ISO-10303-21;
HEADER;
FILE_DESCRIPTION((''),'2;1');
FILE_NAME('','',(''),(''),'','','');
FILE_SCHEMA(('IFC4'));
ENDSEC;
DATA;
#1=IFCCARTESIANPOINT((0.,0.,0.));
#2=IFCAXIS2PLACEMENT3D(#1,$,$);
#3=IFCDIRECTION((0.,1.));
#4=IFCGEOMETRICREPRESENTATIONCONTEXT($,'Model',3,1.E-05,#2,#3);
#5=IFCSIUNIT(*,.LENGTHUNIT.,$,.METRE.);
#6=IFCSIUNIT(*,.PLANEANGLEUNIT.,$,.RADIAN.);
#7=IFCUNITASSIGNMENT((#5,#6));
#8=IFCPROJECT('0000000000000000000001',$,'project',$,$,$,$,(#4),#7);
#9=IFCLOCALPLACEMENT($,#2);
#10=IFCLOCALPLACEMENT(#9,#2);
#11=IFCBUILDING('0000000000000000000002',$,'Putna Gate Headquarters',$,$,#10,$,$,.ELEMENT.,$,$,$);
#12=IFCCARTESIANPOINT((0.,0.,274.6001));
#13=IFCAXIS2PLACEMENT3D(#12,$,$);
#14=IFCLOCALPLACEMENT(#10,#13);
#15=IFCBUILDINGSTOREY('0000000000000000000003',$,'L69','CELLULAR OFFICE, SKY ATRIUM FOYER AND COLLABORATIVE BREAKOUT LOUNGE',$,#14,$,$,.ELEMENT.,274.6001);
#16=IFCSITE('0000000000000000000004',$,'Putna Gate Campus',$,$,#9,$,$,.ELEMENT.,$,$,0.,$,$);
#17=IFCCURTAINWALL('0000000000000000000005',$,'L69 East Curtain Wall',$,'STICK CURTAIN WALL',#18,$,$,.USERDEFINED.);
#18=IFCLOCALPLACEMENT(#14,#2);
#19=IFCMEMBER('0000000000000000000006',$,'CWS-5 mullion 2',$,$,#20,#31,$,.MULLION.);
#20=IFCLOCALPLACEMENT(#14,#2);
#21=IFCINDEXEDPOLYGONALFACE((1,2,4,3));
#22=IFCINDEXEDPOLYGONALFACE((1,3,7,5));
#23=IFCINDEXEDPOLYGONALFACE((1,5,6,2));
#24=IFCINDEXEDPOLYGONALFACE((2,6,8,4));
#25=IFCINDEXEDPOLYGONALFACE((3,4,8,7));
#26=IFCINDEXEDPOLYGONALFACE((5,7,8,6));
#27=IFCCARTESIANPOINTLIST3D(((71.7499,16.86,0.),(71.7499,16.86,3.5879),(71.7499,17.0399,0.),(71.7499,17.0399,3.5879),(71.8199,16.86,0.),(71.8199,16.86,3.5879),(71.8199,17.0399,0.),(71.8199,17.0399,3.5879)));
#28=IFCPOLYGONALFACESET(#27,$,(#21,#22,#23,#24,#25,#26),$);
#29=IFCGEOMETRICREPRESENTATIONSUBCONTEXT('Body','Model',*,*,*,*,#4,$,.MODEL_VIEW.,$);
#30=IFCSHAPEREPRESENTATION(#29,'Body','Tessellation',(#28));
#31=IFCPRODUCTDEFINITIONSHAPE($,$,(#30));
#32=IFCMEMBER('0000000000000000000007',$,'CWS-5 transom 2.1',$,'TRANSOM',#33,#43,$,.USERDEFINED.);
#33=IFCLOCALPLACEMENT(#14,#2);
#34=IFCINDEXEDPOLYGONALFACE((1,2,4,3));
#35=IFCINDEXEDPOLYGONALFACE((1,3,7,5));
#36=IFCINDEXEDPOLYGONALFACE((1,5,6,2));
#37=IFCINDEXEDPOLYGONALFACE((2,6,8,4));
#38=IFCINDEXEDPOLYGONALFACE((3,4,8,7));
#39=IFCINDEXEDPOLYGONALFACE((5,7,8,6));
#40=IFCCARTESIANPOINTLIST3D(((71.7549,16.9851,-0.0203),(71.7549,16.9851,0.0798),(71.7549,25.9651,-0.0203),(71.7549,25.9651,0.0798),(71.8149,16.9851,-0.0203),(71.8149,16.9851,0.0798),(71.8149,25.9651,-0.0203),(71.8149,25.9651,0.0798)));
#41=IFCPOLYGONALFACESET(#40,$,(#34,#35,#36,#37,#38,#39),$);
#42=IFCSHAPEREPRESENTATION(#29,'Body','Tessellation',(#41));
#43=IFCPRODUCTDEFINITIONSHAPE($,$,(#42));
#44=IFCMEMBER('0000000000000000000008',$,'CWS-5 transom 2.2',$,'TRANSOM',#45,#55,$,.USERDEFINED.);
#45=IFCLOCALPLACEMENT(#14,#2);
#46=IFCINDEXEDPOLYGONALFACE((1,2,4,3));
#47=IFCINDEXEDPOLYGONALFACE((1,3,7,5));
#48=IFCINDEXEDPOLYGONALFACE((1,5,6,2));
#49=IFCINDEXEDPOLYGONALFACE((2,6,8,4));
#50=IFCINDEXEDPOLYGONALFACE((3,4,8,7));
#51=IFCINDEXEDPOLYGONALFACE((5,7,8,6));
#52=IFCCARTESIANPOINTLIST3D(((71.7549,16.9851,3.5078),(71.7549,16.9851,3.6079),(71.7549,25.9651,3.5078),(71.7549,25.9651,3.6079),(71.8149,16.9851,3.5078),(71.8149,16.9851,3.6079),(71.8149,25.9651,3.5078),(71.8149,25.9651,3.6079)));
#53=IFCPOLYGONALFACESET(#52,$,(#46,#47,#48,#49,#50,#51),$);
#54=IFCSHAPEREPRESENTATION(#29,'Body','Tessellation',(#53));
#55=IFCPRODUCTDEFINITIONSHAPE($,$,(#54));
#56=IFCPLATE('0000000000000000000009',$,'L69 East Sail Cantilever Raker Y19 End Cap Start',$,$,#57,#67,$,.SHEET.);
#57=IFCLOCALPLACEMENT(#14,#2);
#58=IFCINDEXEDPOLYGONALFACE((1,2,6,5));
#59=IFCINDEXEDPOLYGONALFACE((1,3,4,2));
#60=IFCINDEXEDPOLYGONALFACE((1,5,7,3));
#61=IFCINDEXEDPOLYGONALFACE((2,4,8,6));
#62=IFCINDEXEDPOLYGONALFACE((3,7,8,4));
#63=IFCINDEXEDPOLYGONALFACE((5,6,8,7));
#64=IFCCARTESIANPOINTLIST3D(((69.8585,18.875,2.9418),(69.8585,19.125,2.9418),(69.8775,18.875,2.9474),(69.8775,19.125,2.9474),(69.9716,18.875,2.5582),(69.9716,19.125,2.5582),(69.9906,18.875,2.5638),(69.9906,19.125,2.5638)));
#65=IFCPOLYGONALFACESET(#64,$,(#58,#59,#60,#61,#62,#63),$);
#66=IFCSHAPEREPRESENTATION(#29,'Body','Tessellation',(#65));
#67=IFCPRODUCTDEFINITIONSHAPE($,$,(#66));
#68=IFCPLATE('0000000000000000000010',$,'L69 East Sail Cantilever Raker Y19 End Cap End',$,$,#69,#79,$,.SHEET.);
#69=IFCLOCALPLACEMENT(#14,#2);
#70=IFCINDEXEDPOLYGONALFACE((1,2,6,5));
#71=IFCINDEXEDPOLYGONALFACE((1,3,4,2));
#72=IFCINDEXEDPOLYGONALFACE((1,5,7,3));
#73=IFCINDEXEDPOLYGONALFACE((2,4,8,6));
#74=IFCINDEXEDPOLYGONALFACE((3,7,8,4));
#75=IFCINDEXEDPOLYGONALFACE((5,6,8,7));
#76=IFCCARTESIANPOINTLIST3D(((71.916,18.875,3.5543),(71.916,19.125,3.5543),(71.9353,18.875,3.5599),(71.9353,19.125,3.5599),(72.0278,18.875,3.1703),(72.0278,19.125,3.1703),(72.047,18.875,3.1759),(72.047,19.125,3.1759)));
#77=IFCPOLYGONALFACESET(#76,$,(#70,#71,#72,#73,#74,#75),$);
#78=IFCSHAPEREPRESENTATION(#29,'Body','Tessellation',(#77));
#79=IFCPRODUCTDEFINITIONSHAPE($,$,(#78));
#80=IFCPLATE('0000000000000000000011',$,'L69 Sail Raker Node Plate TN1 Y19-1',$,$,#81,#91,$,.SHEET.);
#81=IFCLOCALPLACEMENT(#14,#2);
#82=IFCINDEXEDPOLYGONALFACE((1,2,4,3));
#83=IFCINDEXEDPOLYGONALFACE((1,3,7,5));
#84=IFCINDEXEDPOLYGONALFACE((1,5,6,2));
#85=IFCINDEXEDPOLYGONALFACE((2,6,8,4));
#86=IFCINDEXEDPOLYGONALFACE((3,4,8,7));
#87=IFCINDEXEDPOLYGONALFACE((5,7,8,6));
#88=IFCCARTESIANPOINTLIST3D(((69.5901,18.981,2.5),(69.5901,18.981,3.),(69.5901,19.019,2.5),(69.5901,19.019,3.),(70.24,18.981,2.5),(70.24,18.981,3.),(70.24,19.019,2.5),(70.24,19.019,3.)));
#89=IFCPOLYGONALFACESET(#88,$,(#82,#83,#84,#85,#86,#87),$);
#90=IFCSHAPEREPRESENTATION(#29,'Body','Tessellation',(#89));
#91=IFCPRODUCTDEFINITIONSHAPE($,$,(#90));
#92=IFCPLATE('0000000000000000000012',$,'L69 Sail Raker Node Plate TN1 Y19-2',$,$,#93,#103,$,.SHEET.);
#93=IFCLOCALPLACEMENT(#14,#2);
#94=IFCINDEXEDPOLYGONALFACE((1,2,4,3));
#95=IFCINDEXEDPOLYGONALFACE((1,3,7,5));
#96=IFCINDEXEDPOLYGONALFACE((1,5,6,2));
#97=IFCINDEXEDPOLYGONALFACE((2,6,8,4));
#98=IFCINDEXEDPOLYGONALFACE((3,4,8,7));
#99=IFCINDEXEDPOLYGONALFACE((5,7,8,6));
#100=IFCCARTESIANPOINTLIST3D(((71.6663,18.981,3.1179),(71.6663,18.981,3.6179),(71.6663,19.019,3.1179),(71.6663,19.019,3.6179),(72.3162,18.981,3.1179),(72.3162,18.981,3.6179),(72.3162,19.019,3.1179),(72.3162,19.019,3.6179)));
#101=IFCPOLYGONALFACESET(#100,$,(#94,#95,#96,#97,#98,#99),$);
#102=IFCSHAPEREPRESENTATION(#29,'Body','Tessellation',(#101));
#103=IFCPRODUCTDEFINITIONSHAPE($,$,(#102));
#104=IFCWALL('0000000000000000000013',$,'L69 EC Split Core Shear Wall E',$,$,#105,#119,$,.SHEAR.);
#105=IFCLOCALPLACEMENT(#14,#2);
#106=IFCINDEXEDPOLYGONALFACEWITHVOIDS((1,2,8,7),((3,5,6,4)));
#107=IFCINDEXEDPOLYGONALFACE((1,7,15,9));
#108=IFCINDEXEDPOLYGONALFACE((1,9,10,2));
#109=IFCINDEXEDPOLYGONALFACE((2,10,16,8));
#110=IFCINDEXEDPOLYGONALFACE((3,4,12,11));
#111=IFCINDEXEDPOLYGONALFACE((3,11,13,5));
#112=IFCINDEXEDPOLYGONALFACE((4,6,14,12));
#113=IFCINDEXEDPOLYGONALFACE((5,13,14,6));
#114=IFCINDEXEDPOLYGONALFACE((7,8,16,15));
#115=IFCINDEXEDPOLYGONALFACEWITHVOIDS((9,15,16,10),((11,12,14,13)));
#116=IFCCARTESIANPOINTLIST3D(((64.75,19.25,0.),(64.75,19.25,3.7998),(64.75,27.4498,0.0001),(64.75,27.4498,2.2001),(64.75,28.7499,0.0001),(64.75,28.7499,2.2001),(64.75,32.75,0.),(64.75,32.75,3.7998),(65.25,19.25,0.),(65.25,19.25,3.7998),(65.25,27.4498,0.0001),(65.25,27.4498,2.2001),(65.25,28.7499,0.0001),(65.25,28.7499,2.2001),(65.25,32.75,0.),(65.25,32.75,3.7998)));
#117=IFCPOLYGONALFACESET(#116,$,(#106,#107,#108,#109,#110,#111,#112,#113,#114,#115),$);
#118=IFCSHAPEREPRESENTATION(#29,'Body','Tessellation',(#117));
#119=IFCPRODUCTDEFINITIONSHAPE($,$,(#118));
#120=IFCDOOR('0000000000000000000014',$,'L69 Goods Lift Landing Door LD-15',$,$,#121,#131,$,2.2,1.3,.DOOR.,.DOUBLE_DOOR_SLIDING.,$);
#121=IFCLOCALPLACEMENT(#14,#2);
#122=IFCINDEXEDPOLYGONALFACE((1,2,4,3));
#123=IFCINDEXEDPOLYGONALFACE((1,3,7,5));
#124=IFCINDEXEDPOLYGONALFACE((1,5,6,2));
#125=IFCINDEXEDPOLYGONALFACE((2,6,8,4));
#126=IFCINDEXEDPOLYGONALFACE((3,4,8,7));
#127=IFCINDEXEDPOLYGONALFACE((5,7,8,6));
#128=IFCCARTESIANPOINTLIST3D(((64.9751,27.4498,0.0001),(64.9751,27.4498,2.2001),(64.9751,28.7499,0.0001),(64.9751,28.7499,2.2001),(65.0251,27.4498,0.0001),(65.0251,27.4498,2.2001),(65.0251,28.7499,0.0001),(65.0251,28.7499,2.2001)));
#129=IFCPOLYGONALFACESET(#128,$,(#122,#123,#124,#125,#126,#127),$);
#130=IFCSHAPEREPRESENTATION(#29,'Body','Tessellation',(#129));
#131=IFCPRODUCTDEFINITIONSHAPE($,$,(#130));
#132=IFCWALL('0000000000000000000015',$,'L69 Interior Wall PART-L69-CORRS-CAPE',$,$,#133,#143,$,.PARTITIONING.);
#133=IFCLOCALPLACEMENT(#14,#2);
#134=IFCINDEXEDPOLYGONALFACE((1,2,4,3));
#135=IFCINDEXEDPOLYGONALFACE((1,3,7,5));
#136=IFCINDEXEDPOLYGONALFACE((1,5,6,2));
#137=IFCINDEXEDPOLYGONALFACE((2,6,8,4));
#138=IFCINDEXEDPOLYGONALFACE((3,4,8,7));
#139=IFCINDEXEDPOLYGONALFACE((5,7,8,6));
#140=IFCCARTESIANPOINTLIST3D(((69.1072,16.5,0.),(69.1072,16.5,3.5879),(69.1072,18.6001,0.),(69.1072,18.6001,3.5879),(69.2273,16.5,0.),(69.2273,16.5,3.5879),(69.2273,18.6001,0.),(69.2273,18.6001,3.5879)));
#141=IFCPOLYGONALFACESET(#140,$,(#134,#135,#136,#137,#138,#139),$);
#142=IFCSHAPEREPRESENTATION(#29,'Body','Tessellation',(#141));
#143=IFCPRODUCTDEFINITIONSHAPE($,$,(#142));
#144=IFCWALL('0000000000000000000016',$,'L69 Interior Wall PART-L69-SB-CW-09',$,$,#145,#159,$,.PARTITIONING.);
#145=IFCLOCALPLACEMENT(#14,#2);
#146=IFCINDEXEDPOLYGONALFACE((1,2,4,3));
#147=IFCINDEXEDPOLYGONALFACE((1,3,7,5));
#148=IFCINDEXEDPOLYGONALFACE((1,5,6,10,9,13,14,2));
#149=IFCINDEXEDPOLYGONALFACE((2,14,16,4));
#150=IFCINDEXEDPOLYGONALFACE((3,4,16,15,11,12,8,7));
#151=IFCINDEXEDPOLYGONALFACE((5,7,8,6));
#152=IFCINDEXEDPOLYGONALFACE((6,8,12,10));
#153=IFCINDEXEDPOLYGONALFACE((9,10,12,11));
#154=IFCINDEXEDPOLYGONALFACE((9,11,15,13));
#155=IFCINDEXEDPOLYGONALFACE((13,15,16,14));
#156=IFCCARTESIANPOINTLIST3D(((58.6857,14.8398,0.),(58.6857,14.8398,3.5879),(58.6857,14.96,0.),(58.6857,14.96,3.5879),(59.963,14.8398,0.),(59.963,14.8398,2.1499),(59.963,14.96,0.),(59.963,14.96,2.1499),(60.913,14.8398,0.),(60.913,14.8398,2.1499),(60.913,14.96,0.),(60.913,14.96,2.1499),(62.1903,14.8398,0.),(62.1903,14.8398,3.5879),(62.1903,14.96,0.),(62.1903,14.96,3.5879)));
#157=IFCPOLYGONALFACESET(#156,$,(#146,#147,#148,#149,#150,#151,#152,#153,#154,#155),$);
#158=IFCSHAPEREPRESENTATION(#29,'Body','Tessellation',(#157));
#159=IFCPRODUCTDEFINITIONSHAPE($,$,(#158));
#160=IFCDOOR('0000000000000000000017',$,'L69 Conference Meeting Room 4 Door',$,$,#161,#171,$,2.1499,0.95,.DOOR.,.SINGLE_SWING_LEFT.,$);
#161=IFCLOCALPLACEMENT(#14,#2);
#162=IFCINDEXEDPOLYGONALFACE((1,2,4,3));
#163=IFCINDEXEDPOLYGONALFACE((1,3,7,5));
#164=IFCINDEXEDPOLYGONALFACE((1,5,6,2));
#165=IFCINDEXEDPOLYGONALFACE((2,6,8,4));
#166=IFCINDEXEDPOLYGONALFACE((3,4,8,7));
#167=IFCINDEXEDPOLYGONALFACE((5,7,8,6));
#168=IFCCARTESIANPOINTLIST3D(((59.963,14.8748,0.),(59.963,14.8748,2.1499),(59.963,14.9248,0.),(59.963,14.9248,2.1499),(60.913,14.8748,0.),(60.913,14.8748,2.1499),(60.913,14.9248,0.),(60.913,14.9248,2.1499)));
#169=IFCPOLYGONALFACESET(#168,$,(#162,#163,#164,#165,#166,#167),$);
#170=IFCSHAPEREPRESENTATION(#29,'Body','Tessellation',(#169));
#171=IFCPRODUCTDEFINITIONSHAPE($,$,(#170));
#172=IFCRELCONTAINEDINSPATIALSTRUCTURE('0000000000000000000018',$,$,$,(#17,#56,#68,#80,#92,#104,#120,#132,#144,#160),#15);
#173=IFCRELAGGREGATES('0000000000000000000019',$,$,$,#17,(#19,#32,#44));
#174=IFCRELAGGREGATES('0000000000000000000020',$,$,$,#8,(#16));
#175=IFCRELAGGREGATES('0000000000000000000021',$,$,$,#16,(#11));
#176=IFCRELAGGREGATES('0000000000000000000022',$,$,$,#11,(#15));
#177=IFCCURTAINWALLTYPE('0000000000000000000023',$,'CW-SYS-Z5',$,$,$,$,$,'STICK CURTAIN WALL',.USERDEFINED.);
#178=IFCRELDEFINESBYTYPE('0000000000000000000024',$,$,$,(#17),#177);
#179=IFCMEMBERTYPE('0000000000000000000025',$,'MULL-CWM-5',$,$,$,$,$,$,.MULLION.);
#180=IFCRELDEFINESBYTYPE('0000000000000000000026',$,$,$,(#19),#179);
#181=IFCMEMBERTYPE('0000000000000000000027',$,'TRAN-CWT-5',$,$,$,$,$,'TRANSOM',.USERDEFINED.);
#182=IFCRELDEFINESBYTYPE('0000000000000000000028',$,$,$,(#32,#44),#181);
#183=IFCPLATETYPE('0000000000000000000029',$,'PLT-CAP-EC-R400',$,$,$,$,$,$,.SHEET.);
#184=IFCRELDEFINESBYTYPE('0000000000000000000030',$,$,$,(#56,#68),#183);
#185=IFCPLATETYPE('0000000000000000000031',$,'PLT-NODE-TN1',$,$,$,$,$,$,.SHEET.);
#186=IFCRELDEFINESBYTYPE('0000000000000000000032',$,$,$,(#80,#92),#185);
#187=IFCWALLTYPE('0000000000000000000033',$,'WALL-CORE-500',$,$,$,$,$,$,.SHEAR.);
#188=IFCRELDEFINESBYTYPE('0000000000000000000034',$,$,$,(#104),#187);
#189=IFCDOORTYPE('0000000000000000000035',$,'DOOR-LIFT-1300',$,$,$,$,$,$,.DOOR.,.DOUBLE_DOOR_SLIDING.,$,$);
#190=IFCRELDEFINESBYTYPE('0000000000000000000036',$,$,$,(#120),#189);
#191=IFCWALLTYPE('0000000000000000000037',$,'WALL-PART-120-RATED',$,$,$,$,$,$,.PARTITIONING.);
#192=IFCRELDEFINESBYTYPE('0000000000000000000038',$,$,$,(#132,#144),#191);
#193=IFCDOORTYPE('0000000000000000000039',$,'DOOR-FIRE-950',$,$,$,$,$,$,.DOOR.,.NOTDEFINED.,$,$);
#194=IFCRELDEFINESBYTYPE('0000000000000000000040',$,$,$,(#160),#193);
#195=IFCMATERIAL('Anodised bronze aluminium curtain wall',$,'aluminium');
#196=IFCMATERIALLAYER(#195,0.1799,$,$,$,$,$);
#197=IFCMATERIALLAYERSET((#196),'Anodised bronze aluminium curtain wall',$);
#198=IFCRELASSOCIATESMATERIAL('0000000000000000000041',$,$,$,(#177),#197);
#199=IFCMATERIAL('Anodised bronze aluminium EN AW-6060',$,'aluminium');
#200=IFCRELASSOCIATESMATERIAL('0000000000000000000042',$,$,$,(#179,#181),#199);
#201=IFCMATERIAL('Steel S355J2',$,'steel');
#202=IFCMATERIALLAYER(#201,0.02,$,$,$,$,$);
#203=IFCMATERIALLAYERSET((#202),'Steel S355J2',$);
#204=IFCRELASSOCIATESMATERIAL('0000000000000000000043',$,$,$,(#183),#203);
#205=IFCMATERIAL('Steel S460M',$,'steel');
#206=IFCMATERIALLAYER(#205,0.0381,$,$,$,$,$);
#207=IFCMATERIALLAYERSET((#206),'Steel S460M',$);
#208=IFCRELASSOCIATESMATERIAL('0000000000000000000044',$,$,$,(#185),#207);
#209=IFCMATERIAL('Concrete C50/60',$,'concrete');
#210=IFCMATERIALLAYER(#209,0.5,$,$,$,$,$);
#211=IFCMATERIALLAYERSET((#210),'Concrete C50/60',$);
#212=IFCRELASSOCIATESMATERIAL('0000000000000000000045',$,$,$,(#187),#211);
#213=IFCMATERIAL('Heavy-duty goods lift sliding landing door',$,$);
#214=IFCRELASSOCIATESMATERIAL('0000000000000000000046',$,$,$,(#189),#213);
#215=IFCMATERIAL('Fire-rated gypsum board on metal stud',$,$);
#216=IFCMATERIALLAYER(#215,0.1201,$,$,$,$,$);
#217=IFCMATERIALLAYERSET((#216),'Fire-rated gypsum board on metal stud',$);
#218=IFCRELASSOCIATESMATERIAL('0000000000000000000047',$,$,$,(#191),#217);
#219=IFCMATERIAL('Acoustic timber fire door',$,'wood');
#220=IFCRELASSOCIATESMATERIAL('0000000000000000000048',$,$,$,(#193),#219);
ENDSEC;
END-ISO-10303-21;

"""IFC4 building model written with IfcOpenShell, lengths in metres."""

from ifc_helpers import new_model, si_unit, direction, frame, frame_2d, origin, origin_2d, place, context, subcontext, project, spatial, rectangle, extrude, material, layer, layer_set, material_profile, profile_set, type_object, element, fill, aggregate, save


model = new_model("IFC4")

# Units and contexts
model_context = context("Model", 3, precision=1e-05, world=origin(), true_north=direction((0.0, 1.0)))
body_context = subcontext(model_context, "Body", "Model", "MODEL_VIEW")
ifc_project = project(units=[si_unit("LENGTHUNIT", "METRE"), si_unit("PLANEANGLEUNIT", "RADIAN")], contexts=[model_context])

# Site, building, storey
site_placement = place(None, origin())
site = spatial("IfcSite", under=ifc_project, at=site_placement, Name="Putna Gate Campus", CompositionType="ELEMENT", RefElevation=0.0)
building_placement = place(site_placement, origin())
building = spatial("IfcBuilding", under=site, at=building_placement, Name="Putna Gate Headquarters", CompositionType="ELEMENT")
storey_placement = place(building_placement, frame((0.0, 0.0, 274.6001)))
storey = spatial("IfcBuildingStorey", under=building, at=storey_placement, Name="L69", Description="CELLULAR OFFICE, SKY ATRIUM FOYER AND COLLABORATIVE BREAKOUT LOUNGE", CompositionType="ELEMENT", Elevation=274.6001)

# Shared definitions
ifc_material_1 = material(Name="Steel S460M", Category="steel")

# Shared definitions
ifc_material_2 = material(Name="Steel S355J2", Category="steel")

# Curtain wall, members
ifc_material_3 = material(Name="Anodised bronze aluminium curtain wall", Category="aluminium")
ifc_layer_1 = layer(ifc_material_3, 0.1799)
ifc_layer_set_1 = layer_set([ifc_layer_1], Name="Anodised bronze aluminium curtain wall")
curtain_wall_type = type_object("IfcCurtainWallType", Name="CW-SYS-Z5", ElementType="STICK CURTAIN WALL", PredefinedType="USERDEFINED", material=ifc_layer_set_1)
curtain_wall_placement = place(storey_placement, origin())
curtain_wall = element("IfcCurtainWall", 1, at=curtain_wall_placement, inside=storey, type_object=curtain_wall_type, Name="L69 East Curtain Wall", ObjectType="STICK CURTAIN WALL", PredefinedType="USERDEFINED")
ifc_material_4 = material(Name="Anodised bronze aluminium EN AW-6060", Category="aluminium")
ifc_material_profile_1 = material_profile(ifc_material_4, rectangle(XDim=0.0701, YDim=0.1799, at=origin_2d()), Name="Anodised bronze aluminium EN AW-6060")
ifc_profile_set_1 = profile_set([ifc_material_profile_1], Name="Anodised bronze aluminium EN AW-6060")
member_type_1 = type_object("IfcMemberType", Name="MULL-CWM-5", PredefinedType="MULLION", material=ifc_profile_set_1)
member_1_placement = place(storey_placement, frame((71.7849, 16.95, 0.0), z_axis=(0.0, 0.0, 1.0), x_axis=(-1.0, 0.0, 0.0)))
member_1 = element("IfcMember", 2, at=member_1_placement, type_object=member_type_1, Name="CWS-5 mullion 2", PredefinedType="MULLION", context=body_context, shape_type="SweptSolid", body=[
    extrude(rectangle(XDim=0.0701, YDim=0.1799, at=origin_2d()), origin(), (0.0, 0.0, 1.0), 3.5879),
])
ifc_material_profile_2 = material_profile(ifc_material_4, rectangle(XDim=0.0601, YDim=0.1001, at=origin_2d()), Name="Anodised bronze aluminium EN AW-6060")
ifc_profile_set_2 = profile_set([ifc_material_profile_2], Name="Anodised bronze aluminium EN AW-6060")
member_type_2 = type_object("IfcMemberType", Name="TRAN-CWT-5", ElementType="TRANSOM", PredefinedType="USERDEFINED", material=ifc_profile_set_2)
member_2_placement = place(storey_placement, frame((71.7849, 16.9851, 0.0298), z_axis=(0.0, 1.0, 0.0), x_axis=(-1.0, 0.0, 0.0)))
member_2 = element("IfcMember", 3, at=member_2_placement, type_object=member_type_2, Name="CWS-5 transom 2.1", ObjectType="TRANSOM", PredefinedType="USERDEFINED", context=body_context, shape_type="SweptSolid", body=[
    extrude(rectangle(XDim=0.0601, YDim=0.1001, at=origin_2d()), origin(), (0.0, 0.0, 1.0), 8.98),
])
member_3_placement = place(storey_placement, frame((71.7849, 16.9851, 3.5579), z_axis=(0.0, 1.0, 0.0), x_axis=(-1.0, 0.0, 0.0)))
member_3 = element("IfcMember", 4, at=member_3_placement, type_object=member_type_2, Name="CWS-5 transom 2.2", ObjectType="TRANSOM", PredefinedType="USERDEFINED", context=body_context, shape_type="SweptSolid", body=[
    extrude(rectangle(XDim=0.0601, YDim=0.1001, at=origin_2d()), origin(), (0.0, 0.0, 1.0), 8.98),
])
aggregate(curtain_wall, [member_1, member_2, member_3])

# Plates
ifc_layer_2 = layer(ifc_material_2, 0.02)
ifc_layer_set_2 = layer_set([ifc_layer_2], Name="Steel S355J2")
plate_type_1 = type_object("IfcPlateType", Name="PLT-CAP-EC-R400", PredefinedType="SHEET", material=ifc_layer_set_2)
plate_1_placement = place(storey_placement, frame((69.915, 19.0, 2.75), z_axis=(0.959169, 0.0, 0.282832), x_axis=(0.0, 1.0, 0.0)))
element("IfcPlate", 5, at=plate_1_placement, inside=storey, type_object=plate_type_1, Name="L69 East Sail Cantilever Raker Y19 End Cap Start", PredefinedType="SHEET", context=body_context, shape_type="SweptSolid", body=[
    extrude(rectangle(XDim=0.25, YDim=0.3999, at=origin_2d()), origin(), (0.0, 0.0, 1.0), 0.0198),
])
plate_2_placement = place(storey_placement, frame((71.9719, 19.0, 3.3623), z_axis=(0.960136, 0.0, 0.279533), x_axis=(0.0, 1.0, 0.0)))
element("IfcPlate", 6, at=plate_2_placement, inside=storey, type_object=plate_type_1, Name="L69 East Sail Cantilever Raker Y19 End Cap End", PredefinedType="SHEET", context=body_context, shape_type="SweptSolid", body=[
    extrude(rectangle(XDim=0.25, YDim=0.3999, at=origin_2d()), origin(), (0.0, 0.0, 1.0), 0.02),
])
ifc_layer_3 = layer(ifc_material_1, 0.0381)
ifc_layer_set_3 = layer_set([ifc_layer_3], Name="Steel S460M")
plate_type_2 = type_object("IfcPlateType", Name="PLT-NODE-TN1", PredefinedType="SHEET", material=ifc_layer_set_3)
for number, where, z_axis, x_axis, name in (
    (7, (69.915, 19.0, 2.5), (0.0, 0.0, 1.0), (1.0, 0.0, 0.0), "L69 Sail Raker Node Plate TN1 Y19-1"),
    (8, (71.9912, 19.0, 3.1179), (0.0, 0.0, 1.0), (1.0, 0.0, 0.0), "L69 Sail Raker Node Plate TN1 Y19-2"),
):
    element("IfcPlate", number, at=place(storey_placement, frame(where, z_axis=z_axis, x_axis=x_axis)), inside=storey, type_object=plate_type_2, Name=name, PredefinedType="SHEET", context=body_context, shape_type="SweptSolid", body=[
        extrude(rectangle(XDim=0.6499, YDim=0.0381, at=origin_2d()), origin(), (0.0, 0.0, 1.0), 0.5),
    ])

# Wall, opening, door
ifc_material_5 = material(Name="Concrete C50/60", Category="concrete")
ifc_layer_4 = layer(ifc_material_5, 0.5)
ifc_layer_set_4 = layer_set([ifc_layer_4], Name="Concrete C50/60")
wall_type_1 = type_object("IfcWallType", Name="WALL-CORE-500", PredefinedType="SHEAR", material=ifc_layer_set_4)
wall_1_placement = place(storey_placement, frame((65.0, 19.25, 0.0), z_axis=(0.0, 0.0, 1.0), x_axis=(0.0, 1.0, 0.0)))
wall_1 = element("IfcWall", 9, at=wall_1_placement, inside=storey, type_object=wall_type_1, Name="L69 EC Split Core Shear Wall E", PredefinedType="SHEAR", context=body_context, shape_type="SweptSolid", body=[
    extrude(rectangle(XDim=13.5, YDim=0.5, at=frame_2d((6.75, 0.0))), origin(), (0.0, 0.0, 1.0), 3.7998),
])
opening_1_placement = place(wall_1_placement, frame((8.2, 0.0, 0.0)))
opening_1 = element("IfcOpeningElement", 10, at=opening_1_placement, cuts=wall_1, PredefinedType="OPENING", context=body_context, shape_type="SweptSolid", body=[
    extrude(rectangle(XDim=1.3, YDim=2.2, at=frame_2d((0.6499, 1.1001))), frame((0.0, 0.26, 0.0), z_axis=(0.0, -1.0, 0.0), x_axis=(1.0, 0.0, 0.0)), (0.0, 0.0, 1.0), 0.52),
])
ifc_material_6 = material(Name="Heavy-duty goods lift sliding landing door")
door_type_1 = type_object("IfcDoorType", Name="DOOR-LIFT-1300", OperationType="DOUBLE_DOOR_SLIDING", PredefinedType="DOOR", material=ifc_material_6)
door_1_placement = place(opening_1_placement, origin())
door_1 = element("IfcDoor", 11, at=door_1_placement, inside=storey, type_object=door_type_1, Name="L69 Goods Lift Landing Door LD-15", OperationType="DOUBLE_DOOR_SLIDING", OverallHeight=2.2, OverallWidth=1.3, PredefinedType="DOOR", context=body_context, shape_type="SweptSolid", body=[
    extrude(rectangle(XDim=1.3, YDim=2.2, at=frame_2d((0.6499, 1.1001))), frame((0.0, 0.0249, 0.0), z_axis=(0.0, -1.0, 0.0), x_axis=(1.0, 0.0, 0.0)), (0.0, 0.0, 1.0), 0.05),
])
fill(opening_1, door_1)

# Wall
ifc_material_7 = material(Name="Fire-rated gypsum board on metal stud")
ifc_layer_5 = layer(ifc_material_7, 0.1201)
ifc_layer_set_5 = layer_set([ifc_layer_5], Name="Fire-rated gypsum board on metal stud")
wall_type_2 = type_object("IfcWallType", Name="WALL-PART-120-RATED", PredefinedType="PARTITIONING", material=ifc_layer_set_5)
wall_2_placement = place(storey_placement, frame((69.1672, 16.5, 0.0), z_axis=(0.0, 0.0, 1.0), x_axis=(0.0, 1.0, 0.0)))
element("IfcWall", 12, at=wall_2_placement, inside=storey, type_object=wall_type_2, Name="L69 Interior Wall PART-L69-CORRS-CAPE", PredefinedType="PARTITIONING", context=body_context, shape_type="SweptSolid", body=[
    extrude(rectangle(XDim=2.1001, YDim=0.1201, at=frame_2d((1.05, 0.0))), origin(), (0.0, 0.0, 1.0), 3.5879),
])

# Wall, opening, door
wall_3_placement = place(storey_placement, frame((58.6855, 14.8999, 0.0), z_axis=(0.0, 0.0, 1.0), x_axis=(1.0, 0.0, 0.0)))
wall_3 = element("IfcWall", 13, at=wall_3_placement, inside=storey, type_object=wall_type_2, Name="L69 Interior Wall PART-L69-SB-CW-09", PredefinedType="PARTITIONING", context=body_context, shape_type="SweptSolid", body=[
    extrude(rectangle(XDim=3.5046, YDim=0.1201, at=frame_2d((1.7524, 0.0))), origin(), (0.0, 0.0, 1.0), 3.5879),
])
opening_2_placement = place(wall_3_placement, frame((1.2773, 0.0, 0.0)))
opening_2 = element("IfcOpeningElement", 14, at=opening_2_placement, cuts=wall_3, PredefinedType="OPENING", context=body_context, shape_type="SweptSolid", body=[
    extrude(rectangle(XDim=0.95, YDim=2.1499, at=frame_2d((0.4751, 1.075))), frame((0.0, 0.0701, 0.0), z_axis=(0.0, -1.0, 0.0), x_axis=(1.0, 0.0, 0.0)), (0.0, 0.0, 1.0), 0.1401),
])
ifc_material_8 = material(Name="Acoustic timber fire door", Category="wood")
door_type_2 = type_object("IfcDoorType", Name="DOOR-FIRE-950", OperationType="NOTDEFINED", PredefinedType="DOOR", material=ifc_material_8)
door_2_placement = place(opening_2_placement, origin())
door_2 = element("IfcDoor", 15, at=door_2_placement, inside=storey, type_object=door_type_2, Name="L69 Conference Meeting Room 4 Door", OperationType="SINGLE_SWING_LEFT", OverallHeight=2.1499, OverallWidth=0.95, PredefinedType="DOOR", context=body_context, shape_type="SweptSolid", body=[
    extrude(rectangle(XDim=0.95, YDim=2.1499, at=frame_2d((0.4751, 1.075))), frame((0.0, 0.0249, 0.0), z_axis=(0.0, -1.0, 0.0), x_axis=(1.0, 0.0, 0.0)), (0.0, 0.0, 1.0), 0.05),
])
fill(opening_2, door_2)

save(model, "model.ifc")
